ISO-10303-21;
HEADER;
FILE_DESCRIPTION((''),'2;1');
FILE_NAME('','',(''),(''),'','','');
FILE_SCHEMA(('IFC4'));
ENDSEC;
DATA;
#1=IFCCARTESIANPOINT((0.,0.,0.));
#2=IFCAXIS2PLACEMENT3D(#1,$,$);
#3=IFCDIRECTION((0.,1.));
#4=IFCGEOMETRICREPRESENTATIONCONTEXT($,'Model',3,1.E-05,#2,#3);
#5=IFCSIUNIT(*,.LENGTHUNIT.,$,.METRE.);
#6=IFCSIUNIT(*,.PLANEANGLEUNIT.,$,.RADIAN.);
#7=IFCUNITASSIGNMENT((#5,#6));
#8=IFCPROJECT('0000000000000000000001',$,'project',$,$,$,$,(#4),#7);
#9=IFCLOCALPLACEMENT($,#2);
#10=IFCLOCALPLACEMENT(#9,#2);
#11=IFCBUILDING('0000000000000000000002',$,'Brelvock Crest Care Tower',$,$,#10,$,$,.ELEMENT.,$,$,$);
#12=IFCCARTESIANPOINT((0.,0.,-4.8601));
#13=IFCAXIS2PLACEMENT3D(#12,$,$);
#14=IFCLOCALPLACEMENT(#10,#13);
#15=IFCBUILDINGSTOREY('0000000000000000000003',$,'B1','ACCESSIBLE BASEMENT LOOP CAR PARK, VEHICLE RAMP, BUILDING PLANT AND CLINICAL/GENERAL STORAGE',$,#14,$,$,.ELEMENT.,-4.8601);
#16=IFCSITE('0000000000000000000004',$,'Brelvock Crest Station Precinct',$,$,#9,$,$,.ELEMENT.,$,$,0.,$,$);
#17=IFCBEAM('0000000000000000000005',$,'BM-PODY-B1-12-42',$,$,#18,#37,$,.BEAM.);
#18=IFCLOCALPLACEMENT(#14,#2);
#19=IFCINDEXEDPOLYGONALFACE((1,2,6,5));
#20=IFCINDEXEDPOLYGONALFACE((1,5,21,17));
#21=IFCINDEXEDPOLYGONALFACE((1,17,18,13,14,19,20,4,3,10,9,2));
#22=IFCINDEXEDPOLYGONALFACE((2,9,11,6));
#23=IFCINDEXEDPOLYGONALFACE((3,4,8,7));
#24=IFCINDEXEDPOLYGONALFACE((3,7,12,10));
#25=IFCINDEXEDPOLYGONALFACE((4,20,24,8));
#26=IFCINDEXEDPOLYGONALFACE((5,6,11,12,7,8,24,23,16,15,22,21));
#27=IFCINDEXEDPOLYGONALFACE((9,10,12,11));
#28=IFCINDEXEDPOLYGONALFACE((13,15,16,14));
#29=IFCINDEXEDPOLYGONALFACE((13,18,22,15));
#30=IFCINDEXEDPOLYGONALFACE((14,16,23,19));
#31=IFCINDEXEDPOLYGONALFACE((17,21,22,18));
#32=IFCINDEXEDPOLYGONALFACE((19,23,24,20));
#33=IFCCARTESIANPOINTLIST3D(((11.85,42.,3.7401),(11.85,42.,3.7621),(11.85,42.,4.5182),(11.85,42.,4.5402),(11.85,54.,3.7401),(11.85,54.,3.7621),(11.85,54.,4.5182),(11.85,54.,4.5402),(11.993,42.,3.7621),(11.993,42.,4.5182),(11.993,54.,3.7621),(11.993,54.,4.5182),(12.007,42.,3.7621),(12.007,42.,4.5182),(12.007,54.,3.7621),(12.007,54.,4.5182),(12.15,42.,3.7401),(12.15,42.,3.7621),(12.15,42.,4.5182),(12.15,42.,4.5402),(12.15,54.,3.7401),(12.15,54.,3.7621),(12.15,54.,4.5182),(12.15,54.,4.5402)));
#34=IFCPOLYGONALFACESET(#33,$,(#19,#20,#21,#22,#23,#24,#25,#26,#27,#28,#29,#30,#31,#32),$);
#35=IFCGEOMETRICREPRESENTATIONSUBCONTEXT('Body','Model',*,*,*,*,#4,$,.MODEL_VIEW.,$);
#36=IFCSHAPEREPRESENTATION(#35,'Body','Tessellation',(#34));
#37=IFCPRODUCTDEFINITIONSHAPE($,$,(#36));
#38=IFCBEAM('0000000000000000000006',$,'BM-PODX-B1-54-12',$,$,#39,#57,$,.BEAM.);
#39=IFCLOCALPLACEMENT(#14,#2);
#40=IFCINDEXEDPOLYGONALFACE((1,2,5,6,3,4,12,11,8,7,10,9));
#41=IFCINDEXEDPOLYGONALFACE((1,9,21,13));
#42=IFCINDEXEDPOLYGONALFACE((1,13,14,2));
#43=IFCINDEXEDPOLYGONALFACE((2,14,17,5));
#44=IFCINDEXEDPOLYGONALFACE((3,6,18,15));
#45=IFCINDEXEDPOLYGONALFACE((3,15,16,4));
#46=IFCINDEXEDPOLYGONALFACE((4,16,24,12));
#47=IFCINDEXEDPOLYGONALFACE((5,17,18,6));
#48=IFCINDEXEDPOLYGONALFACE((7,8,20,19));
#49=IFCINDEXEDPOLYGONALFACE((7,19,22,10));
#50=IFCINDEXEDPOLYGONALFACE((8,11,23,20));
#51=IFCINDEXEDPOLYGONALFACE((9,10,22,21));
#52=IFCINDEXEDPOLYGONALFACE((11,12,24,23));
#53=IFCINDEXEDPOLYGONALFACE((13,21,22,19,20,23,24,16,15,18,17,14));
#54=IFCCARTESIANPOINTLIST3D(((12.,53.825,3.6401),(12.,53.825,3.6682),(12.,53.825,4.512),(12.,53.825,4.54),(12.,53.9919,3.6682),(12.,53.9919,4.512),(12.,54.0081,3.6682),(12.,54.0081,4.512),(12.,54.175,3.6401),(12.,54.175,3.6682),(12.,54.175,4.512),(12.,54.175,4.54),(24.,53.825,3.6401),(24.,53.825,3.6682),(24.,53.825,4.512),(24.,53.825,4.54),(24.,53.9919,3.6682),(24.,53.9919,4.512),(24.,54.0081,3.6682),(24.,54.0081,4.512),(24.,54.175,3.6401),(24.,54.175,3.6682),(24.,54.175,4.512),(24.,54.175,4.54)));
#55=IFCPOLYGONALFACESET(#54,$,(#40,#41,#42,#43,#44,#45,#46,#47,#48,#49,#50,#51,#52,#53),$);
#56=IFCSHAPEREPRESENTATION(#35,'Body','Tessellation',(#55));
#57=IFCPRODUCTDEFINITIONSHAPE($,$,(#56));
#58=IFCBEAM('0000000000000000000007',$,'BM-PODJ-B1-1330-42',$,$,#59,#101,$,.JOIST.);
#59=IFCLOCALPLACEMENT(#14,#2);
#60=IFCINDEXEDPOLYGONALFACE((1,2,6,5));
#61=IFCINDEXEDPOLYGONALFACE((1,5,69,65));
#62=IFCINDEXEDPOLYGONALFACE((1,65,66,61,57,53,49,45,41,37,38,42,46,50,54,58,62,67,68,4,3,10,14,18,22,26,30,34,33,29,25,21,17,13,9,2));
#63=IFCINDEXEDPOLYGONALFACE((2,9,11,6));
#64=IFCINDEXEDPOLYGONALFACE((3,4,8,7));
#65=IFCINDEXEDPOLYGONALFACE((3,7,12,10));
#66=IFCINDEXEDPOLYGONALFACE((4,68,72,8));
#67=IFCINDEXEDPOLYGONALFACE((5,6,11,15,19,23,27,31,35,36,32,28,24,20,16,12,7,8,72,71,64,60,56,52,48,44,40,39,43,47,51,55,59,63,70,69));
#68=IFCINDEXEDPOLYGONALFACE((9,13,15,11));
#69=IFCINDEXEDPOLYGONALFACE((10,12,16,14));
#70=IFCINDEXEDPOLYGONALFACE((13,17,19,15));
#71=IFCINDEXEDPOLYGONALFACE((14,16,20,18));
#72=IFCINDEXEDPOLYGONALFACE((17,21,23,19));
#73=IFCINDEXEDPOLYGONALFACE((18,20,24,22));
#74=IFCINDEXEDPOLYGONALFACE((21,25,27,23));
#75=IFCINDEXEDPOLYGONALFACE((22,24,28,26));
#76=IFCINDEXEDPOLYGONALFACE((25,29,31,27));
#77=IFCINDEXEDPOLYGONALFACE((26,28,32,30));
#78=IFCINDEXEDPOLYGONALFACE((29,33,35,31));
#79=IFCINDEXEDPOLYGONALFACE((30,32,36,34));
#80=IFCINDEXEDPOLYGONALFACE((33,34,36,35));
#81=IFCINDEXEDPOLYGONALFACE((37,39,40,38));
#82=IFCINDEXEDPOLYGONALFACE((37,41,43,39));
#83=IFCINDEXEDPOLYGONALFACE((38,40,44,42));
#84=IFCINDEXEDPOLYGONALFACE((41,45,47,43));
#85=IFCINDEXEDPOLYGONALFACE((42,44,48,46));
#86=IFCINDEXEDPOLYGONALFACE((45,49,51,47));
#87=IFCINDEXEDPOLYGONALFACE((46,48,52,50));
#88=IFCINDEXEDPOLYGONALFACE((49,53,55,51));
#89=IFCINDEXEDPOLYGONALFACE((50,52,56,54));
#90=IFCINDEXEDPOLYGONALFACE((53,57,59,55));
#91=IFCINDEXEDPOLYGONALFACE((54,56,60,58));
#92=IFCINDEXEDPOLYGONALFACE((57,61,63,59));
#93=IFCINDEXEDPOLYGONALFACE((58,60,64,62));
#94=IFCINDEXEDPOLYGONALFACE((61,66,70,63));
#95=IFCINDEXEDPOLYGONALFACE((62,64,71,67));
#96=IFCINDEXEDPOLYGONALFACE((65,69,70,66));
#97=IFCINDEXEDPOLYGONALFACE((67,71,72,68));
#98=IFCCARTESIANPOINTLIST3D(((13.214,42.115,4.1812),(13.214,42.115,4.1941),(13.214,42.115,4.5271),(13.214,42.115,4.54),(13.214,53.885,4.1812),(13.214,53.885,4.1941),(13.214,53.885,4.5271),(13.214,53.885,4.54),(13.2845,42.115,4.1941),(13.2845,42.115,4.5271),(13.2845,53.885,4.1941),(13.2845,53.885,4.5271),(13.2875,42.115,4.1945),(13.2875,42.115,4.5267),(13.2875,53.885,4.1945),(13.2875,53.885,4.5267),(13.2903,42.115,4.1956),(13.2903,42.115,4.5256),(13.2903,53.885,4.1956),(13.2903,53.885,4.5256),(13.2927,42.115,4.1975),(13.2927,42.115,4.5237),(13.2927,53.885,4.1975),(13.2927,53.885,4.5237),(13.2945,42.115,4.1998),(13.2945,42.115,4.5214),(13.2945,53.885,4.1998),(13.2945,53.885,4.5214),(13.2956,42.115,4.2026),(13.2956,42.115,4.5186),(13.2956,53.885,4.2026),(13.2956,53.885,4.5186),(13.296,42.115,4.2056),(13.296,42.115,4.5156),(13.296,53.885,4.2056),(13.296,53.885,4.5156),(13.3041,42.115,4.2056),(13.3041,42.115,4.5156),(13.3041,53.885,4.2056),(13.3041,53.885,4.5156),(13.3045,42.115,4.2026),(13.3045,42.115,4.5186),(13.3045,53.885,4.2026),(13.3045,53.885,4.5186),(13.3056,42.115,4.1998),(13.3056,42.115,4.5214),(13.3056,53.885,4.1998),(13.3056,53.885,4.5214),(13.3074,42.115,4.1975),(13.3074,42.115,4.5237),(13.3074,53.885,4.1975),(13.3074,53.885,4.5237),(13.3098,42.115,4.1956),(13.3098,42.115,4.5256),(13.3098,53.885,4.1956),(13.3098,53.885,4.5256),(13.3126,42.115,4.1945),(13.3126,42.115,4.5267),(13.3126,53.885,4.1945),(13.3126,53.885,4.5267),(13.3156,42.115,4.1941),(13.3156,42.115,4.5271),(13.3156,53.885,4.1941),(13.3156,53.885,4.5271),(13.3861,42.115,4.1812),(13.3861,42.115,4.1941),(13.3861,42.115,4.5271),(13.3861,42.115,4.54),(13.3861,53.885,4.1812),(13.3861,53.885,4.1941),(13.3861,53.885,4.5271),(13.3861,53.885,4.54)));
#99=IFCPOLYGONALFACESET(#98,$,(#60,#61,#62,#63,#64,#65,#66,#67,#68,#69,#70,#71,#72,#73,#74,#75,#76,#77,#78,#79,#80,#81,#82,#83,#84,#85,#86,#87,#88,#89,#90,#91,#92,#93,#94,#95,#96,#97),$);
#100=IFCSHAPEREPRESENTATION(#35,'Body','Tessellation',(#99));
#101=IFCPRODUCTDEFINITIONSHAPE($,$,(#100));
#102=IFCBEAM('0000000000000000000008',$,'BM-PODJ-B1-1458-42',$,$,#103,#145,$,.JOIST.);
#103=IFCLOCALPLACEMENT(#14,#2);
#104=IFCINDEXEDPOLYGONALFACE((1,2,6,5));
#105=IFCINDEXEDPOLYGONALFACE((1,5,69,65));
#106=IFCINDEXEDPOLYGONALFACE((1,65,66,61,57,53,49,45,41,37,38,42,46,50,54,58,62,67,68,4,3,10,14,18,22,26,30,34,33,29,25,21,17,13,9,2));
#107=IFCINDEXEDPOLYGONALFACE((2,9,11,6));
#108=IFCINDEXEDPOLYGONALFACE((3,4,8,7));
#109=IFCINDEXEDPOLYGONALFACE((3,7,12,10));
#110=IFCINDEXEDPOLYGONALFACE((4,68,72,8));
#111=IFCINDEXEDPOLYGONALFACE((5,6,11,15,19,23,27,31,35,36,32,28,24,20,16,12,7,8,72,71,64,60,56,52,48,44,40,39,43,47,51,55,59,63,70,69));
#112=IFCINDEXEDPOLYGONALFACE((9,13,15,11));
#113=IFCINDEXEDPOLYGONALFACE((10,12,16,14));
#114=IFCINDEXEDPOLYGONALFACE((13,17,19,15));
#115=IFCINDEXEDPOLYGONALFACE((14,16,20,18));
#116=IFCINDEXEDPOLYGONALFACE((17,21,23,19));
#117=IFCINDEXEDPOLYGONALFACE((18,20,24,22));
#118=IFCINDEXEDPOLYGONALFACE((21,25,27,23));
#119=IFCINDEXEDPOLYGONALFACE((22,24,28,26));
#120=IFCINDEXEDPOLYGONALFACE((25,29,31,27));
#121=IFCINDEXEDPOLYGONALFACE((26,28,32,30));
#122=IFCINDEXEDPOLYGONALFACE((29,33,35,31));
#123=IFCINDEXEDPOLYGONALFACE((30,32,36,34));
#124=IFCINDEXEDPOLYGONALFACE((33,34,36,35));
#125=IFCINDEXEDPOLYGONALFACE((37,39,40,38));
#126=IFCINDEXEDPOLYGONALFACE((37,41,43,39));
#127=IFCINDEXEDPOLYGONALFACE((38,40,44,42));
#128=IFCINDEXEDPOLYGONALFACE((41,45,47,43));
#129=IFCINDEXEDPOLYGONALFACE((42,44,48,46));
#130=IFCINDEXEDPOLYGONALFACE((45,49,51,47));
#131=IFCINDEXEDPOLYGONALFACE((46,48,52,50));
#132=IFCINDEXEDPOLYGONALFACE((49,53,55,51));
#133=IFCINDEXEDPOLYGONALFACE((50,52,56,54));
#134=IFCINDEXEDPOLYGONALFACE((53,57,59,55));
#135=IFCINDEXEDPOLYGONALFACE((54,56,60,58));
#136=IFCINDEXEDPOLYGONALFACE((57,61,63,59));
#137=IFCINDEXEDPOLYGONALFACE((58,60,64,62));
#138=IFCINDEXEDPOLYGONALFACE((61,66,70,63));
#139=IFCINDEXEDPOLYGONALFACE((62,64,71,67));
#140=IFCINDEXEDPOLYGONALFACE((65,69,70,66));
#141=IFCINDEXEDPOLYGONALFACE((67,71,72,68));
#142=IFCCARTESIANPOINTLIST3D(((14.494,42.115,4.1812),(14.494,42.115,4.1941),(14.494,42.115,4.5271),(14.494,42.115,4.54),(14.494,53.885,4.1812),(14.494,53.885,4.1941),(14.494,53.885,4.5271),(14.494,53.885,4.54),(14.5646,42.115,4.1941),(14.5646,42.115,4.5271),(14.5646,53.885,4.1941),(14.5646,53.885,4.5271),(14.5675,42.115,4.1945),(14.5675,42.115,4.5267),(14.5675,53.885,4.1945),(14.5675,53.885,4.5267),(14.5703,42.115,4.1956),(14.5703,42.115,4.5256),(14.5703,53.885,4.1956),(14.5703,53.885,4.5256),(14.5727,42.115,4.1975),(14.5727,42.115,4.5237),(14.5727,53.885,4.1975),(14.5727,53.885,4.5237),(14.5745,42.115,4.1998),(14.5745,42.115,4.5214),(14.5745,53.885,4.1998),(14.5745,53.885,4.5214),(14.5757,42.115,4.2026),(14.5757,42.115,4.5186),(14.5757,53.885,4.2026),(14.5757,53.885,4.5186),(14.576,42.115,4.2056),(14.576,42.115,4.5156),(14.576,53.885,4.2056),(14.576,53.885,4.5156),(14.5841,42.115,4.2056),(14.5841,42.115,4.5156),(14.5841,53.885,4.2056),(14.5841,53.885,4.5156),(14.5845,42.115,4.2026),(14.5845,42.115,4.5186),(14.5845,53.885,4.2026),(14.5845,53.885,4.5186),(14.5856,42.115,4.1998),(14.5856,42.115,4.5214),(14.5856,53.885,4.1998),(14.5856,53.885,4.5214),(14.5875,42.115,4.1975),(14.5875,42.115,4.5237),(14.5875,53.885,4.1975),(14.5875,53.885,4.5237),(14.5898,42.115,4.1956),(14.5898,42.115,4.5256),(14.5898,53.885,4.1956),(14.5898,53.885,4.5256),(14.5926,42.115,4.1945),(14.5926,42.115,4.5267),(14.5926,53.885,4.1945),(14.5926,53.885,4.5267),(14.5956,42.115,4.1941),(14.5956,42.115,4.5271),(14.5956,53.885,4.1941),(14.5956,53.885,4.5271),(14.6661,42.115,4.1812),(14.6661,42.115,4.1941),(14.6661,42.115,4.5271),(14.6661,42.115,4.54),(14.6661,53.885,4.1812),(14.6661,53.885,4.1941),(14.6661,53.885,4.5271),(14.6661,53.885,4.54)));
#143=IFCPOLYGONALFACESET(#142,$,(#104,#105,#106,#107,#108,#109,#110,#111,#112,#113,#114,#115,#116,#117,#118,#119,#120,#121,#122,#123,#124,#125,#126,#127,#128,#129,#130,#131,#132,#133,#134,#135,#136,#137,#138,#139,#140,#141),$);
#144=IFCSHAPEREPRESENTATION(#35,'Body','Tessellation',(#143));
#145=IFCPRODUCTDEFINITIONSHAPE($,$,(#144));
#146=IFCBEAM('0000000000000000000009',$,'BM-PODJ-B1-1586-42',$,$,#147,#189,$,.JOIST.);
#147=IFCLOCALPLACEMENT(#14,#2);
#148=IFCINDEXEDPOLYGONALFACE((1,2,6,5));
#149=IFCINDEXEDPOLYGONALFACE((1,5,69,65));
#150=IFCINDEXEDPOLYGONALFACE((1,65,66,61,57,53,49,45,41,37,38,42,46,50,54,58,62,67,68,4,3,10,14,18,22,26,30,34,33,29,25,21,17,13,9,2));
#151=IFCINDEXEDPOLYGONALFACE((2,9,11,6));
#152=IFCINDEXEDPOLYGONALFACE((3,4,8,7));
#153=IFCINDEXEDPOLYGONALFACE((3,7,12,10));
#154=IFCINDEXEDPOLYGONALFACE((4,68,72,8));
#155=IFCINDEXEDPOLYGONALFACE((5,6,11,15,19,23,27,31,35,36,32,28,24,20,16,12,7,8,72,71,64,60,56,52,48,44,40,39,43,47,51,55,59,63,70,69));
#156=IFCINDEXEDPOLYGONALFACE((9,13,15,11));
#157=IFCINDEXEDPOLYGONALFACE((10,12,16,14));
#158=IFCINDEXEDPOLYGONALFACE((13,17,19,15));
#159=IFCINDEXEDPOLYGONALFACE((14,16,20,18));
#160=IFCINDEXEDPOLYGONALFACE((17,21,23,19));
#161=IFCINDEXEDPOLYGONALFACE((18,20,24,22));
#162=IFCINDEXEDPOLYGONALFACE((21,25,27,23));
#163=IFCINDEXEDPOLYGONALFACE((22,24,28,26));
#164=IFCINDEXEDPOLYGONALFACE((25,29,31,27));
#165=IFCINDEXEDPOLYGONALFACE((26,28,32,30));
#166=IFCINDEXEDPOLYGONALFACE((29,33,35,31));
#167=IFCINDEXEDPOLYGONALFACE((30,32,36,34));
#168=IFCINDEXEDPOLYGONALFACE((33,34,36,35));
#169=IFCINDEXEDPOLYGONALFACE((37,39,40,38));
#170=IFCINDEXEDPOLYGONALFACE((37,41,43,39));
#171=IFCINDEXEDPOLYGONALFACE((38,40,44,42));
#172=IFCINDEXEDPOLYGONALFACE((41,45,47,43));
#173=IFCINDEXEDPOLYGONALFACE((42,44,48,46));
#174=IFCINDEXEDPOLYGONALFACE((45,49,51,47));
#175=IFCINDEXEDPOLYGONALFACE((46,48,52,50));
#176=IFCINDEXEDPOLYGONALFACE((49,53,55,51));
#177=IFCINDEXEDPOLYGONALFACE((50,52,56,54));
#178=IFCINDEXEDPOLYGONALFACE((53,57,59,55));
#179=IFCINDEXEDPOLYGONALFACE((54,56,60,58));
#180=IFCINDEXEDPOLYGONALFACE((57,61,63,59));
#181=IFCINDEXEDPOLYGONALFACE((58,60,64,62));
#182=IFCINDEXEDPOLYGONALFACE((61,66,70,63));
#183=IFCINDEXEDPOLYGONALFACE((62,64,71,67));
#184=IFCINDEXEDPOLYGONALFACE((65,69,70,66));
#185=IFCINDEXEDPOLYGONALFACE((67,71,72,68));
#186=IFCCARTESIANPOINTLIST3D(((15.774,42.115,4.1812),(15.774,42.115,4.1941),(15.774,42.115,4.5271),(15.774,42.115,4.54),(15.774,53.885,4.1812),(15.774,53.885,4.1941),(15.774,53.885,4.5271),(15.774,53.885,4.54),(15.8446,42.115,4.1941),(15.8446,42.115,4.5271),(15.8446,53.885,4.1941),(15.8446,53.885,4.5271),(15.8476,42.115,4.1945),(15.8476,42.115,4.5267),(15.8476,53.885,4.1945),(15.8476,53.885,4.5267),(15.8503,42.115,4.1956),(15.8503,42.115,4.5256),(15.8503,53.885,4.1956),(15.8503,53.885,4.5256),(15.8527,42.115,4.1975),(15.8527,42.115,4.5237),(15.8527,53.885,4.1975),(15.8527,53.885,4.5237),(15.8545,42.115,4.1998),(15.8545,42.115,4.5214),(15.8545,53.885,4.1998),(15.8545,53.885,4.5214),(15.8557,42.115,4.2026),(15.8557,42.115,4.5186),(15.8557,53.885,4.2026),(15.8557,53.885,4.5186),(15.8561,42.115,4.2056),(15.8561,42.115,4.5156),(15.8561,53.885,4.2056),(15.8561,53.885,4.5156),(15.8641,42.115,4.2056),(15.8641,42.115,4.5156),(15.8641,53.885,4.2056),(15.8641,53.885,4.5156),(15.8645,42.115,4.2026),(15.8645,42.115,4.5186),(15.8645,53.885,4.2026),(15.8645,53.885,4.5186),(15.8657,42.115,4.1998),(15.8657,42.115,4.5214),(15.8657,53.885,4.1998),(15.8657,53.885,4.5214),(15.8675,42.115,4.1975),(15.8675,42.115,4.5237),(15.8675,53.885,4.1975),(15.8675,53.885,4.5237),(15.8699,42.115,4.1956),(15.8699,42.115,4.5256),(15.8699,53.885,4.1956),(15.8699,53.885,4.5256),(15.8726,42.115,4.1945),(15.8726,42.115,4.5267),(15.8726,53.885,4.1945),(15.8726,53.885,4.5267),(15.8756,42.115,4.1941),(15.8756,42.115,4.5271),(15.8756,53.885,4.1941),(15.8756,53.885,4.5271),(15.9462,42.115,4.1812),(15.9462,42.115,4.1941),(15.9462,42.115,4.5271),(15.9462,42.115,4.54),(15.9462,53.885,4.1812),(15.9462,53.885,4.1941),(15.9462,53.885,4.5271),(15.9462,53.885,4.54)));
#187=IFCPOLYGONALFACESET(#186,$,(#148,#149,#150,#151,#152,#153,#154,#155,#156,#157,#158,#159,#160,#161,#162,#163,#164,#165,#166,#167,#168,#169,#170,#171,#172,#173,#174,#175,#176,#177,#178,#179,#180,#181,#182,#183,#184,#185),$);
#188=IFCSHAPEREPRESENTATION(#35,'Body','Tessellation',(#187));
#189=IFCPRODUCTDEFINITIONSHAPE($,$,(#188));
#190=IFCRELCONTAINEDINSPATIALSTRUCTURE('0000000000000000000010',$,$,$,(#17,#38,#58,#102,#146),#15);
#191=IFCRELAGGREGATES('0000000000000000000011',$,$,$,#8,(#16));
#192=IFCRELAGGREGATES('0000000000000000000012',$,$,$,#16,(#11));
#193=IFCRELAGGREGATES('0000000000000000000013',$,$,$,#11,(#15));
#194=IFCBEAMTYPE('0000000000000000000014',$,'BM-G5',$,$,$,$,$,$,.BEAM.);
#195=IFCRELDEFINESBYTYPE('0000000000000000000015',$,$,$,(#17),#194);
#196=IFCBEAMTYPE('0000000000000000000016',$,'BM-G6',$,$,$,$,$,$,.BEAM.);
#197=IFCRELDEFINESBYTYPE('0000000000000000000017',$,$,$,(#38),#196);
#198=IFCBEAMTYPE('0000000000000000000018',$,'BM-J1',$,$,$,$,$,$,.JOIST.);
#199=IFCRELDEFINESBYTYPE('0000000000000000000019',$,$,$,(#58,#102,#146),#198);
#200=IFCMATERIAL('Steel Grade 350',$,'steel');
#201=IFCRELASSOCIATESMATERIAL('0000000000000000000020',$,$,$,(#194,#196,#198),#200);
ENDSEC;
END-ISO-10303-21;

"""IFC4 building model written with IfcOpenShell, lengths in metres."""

from ifc_helpers import new_model, si_unit, direction, frame, origin, origin_2d, place, context, subcontext, project, spatial, i_section, extrude, source, transform, mapped, material, material_profile, profile_set, type_object, element, save


model = new_model("IFC4")

# Units and contexts
model_context = context("Model", 3, precision=1e-05, world=origin(), true_north=direction((0.0, 1.0)))
body_context = subcontext(model_context, "Body", "Model", "MODEL_VIEW")
ifc_project = project(units=[si_unit("LENGTHUNIT", "METRE"), si_unit("PLANEANGLEUNIT", "RADIAN")], contexts=[model_context])

# Site, building, storey
site_placement = place(None, origin())
site = spatial("IfcSite", under=ifc_project, at=site_placement, Name="Brelvock Crest Station Precinct", CompositionType="ELEMENT", RefElevation=0.0)
building_placement = place(site_placement, origin())
building = spatial("IfcBuilding", under=site, at=building_placement, Name="Brelvock Crest Care Tower", CompositionType="ELEMENT")
storey_placement = place(building_placement, frame((0.0, 0.0, -4.8601)))
storey = spatial("IfcBuildingStorey", under=building, at=storey_placement, Name="B1", Description="ACCESSIBLE BASEMENT LOOP CAR PARK, VEHICLE RAMP, BUILDING PLANT AND CLINICAL/GENERAL STORAGE", CompositionType="ELEMENT", Elevation=-4.8601)

# Shared definitions
ifc_material_1 = material(Name="Steel Grade 350", Category="steel")

# Beams
ifc_material_profile_1 = material_profile(ifc_material_1, i_section(OverallWidth=0.3, OverallDepth=0.8, WebThickness=0.0139, FlangeThickness=0.022, at=origin_2d()), Name="800WB192")
ifc_profile_set_1 = profile_set([ifc_material_profile_1], Name="Steel Grade 350")
beam_type_1 = type_object("IfcBeamType", Name="BM-G5", PredefinedType="BEAM", material=ifc_profile_set_1)
shared_shape_1 = source(origin(), body_context, "Body", "SweptSolid", [
    extrude(i_section(OverallWidth=0.3, OverallDepth=0.8, WebThickness=0.0139, FlangeThickness=0.022, at=origin_2d()), origin(), (0.0, 0.0, 1.0), 12.0),
])
beam_1_placement = place(storey_placement, frame((12.0, 42.0, 4.1401), z_axis=(0.0, 1.0, 0.0), x_axis=(-1.0, 0.0, 0.0)))
element("IfcBeam", 1, at=beam_1_placement, inside=storey, type_object=beam_type_1, Name="BM-PODY-B1-12-42", PredefinedType="BEAM", context=body_context, shape_type="MappedRepresentation", body=[
    mapped(shared_shape_1, transform((0.0, 0.0, 0.0), x_axis=(1.0, 0.0, 0.0), y_axis=(0.0, 1.0, 0.0), z_axis=(0.0, 0.0, 1.0), scale=1.0)),
])
ifc_material_profile_2 = material_profile(ifc_material_1, i_section(OverallWidth=0.3501, OverallDepth=0.8999, WebThickness=0.0161, FlangeThickness=0.0281, at=origin_2d()), Name="900WB257")
ifc_profile_set_2 = profile_set([ifc_material_profile_2], Name="Steel Grade 350")
beam_type_2 = type_object("IfcBeamType", Name="BM-G6", PredefinedType="BEAM", material=ifc_profile_set_2)
shared_shape_2 = source(origin(), body_context, "Body", "SweptSolid", [
    extrude(i_section(OverallWidth=0.3501, OverallDepth=0.8999, WebThickness=0.0161, FlangeThickness=0.0281, at=origin_2d()), origin(), (0.0, 0.0, 1.0), 12.0),
])
beam_2_placement = place(storey_placement, frame((12.0, 54.0, 4.0901), z_axis=(1.0, 0.0, 0.0), x_axis=(0.0, 1.0, 0.0)))
element("IfcBeam", 2, at=beam_2_placement, inside=storey, type_object=beam_type_2, Name="BM-PODX-B1-54-12", PredefinedType="BEAM", context=body_context, shape_type="MappedRepresentation", body=[
    mapped(shared_shape_2, transform((0.0, 0.0, 0.0), x_axis=(1.0, 0.0, 0.0), y_axis=(0.0, 1.0, 0.0), z_axis=(0.0, 0.0, 1.0), scale=1.0)),
])
ifc_material_profile_3 = material_profile(ifc_material_1, i_section(OverallWidth=0.1721, OverallDepth=0.3589, WebThickness=0.0081, FlangeThickness=0.0129, FilletRadius=0.0115, at=origin_2d()), Name="360UB56.7")
ifc_profile_set_3 = profile_set([ifc_material_profile_3], Name="Steel Grade 350")
beam_type_3 = type_object("IfcBeamType", Name="BM-J1", PredefinedType="JOIST", material=ifc_profile_set_3)
shared_shape_3 = source(origin(), body_context, "Body", "SweptSolid", [
    extrude(i_section(OverallWidth=0.1721, OverallDepth=0.3589, WebThickness=0.0081, FlangeThickness=0.0129, FilletRadius=0.0115, at=origin_2d()), origin(), (0.0, 0.0, 1.0), 11.77),
])
for number, where, z_axis, x_axis, name in (
    (3, (13.3, 42.115, 4.3606), (0.0, 1.0, 0.0), (-1.0, 0.0, 0.0), "BM-PODJ-B1-1330-42"),
    (4, (14.5801, 42.115, 4.3606), (0.0, 1.0, 0.0), (-1.0, 0.0, 0.0), "BM-PODJ-B1-1458-42"),
    (5, (15.8601, 42.115, 4.3606), (0.0, 1.0, 0.0), (-1.0, 0.0, 0.0), "BM-PODJ-B1-1586-42"),
):
    element("IfcBeam", number, at=place(storey_placement, frame(where, z_axis=z_axis, x_axis=x_axis)), inside=storey, type_object=beam_type_3, Name=name, PredefinedType="JOIST", context=body_context, shape_type="MappedRepresentation", body=[
        mapped(shared_shape_3, transform((0.0, 0.0, 0.0), x_axis=(1.0, 0.0, 0.0), y_axis=(0.0, 1.0, 0.0), z_axis=(0.0, 0.0, 1.0), scale=1.0)),
    ])

save(model, "model.ifc")
